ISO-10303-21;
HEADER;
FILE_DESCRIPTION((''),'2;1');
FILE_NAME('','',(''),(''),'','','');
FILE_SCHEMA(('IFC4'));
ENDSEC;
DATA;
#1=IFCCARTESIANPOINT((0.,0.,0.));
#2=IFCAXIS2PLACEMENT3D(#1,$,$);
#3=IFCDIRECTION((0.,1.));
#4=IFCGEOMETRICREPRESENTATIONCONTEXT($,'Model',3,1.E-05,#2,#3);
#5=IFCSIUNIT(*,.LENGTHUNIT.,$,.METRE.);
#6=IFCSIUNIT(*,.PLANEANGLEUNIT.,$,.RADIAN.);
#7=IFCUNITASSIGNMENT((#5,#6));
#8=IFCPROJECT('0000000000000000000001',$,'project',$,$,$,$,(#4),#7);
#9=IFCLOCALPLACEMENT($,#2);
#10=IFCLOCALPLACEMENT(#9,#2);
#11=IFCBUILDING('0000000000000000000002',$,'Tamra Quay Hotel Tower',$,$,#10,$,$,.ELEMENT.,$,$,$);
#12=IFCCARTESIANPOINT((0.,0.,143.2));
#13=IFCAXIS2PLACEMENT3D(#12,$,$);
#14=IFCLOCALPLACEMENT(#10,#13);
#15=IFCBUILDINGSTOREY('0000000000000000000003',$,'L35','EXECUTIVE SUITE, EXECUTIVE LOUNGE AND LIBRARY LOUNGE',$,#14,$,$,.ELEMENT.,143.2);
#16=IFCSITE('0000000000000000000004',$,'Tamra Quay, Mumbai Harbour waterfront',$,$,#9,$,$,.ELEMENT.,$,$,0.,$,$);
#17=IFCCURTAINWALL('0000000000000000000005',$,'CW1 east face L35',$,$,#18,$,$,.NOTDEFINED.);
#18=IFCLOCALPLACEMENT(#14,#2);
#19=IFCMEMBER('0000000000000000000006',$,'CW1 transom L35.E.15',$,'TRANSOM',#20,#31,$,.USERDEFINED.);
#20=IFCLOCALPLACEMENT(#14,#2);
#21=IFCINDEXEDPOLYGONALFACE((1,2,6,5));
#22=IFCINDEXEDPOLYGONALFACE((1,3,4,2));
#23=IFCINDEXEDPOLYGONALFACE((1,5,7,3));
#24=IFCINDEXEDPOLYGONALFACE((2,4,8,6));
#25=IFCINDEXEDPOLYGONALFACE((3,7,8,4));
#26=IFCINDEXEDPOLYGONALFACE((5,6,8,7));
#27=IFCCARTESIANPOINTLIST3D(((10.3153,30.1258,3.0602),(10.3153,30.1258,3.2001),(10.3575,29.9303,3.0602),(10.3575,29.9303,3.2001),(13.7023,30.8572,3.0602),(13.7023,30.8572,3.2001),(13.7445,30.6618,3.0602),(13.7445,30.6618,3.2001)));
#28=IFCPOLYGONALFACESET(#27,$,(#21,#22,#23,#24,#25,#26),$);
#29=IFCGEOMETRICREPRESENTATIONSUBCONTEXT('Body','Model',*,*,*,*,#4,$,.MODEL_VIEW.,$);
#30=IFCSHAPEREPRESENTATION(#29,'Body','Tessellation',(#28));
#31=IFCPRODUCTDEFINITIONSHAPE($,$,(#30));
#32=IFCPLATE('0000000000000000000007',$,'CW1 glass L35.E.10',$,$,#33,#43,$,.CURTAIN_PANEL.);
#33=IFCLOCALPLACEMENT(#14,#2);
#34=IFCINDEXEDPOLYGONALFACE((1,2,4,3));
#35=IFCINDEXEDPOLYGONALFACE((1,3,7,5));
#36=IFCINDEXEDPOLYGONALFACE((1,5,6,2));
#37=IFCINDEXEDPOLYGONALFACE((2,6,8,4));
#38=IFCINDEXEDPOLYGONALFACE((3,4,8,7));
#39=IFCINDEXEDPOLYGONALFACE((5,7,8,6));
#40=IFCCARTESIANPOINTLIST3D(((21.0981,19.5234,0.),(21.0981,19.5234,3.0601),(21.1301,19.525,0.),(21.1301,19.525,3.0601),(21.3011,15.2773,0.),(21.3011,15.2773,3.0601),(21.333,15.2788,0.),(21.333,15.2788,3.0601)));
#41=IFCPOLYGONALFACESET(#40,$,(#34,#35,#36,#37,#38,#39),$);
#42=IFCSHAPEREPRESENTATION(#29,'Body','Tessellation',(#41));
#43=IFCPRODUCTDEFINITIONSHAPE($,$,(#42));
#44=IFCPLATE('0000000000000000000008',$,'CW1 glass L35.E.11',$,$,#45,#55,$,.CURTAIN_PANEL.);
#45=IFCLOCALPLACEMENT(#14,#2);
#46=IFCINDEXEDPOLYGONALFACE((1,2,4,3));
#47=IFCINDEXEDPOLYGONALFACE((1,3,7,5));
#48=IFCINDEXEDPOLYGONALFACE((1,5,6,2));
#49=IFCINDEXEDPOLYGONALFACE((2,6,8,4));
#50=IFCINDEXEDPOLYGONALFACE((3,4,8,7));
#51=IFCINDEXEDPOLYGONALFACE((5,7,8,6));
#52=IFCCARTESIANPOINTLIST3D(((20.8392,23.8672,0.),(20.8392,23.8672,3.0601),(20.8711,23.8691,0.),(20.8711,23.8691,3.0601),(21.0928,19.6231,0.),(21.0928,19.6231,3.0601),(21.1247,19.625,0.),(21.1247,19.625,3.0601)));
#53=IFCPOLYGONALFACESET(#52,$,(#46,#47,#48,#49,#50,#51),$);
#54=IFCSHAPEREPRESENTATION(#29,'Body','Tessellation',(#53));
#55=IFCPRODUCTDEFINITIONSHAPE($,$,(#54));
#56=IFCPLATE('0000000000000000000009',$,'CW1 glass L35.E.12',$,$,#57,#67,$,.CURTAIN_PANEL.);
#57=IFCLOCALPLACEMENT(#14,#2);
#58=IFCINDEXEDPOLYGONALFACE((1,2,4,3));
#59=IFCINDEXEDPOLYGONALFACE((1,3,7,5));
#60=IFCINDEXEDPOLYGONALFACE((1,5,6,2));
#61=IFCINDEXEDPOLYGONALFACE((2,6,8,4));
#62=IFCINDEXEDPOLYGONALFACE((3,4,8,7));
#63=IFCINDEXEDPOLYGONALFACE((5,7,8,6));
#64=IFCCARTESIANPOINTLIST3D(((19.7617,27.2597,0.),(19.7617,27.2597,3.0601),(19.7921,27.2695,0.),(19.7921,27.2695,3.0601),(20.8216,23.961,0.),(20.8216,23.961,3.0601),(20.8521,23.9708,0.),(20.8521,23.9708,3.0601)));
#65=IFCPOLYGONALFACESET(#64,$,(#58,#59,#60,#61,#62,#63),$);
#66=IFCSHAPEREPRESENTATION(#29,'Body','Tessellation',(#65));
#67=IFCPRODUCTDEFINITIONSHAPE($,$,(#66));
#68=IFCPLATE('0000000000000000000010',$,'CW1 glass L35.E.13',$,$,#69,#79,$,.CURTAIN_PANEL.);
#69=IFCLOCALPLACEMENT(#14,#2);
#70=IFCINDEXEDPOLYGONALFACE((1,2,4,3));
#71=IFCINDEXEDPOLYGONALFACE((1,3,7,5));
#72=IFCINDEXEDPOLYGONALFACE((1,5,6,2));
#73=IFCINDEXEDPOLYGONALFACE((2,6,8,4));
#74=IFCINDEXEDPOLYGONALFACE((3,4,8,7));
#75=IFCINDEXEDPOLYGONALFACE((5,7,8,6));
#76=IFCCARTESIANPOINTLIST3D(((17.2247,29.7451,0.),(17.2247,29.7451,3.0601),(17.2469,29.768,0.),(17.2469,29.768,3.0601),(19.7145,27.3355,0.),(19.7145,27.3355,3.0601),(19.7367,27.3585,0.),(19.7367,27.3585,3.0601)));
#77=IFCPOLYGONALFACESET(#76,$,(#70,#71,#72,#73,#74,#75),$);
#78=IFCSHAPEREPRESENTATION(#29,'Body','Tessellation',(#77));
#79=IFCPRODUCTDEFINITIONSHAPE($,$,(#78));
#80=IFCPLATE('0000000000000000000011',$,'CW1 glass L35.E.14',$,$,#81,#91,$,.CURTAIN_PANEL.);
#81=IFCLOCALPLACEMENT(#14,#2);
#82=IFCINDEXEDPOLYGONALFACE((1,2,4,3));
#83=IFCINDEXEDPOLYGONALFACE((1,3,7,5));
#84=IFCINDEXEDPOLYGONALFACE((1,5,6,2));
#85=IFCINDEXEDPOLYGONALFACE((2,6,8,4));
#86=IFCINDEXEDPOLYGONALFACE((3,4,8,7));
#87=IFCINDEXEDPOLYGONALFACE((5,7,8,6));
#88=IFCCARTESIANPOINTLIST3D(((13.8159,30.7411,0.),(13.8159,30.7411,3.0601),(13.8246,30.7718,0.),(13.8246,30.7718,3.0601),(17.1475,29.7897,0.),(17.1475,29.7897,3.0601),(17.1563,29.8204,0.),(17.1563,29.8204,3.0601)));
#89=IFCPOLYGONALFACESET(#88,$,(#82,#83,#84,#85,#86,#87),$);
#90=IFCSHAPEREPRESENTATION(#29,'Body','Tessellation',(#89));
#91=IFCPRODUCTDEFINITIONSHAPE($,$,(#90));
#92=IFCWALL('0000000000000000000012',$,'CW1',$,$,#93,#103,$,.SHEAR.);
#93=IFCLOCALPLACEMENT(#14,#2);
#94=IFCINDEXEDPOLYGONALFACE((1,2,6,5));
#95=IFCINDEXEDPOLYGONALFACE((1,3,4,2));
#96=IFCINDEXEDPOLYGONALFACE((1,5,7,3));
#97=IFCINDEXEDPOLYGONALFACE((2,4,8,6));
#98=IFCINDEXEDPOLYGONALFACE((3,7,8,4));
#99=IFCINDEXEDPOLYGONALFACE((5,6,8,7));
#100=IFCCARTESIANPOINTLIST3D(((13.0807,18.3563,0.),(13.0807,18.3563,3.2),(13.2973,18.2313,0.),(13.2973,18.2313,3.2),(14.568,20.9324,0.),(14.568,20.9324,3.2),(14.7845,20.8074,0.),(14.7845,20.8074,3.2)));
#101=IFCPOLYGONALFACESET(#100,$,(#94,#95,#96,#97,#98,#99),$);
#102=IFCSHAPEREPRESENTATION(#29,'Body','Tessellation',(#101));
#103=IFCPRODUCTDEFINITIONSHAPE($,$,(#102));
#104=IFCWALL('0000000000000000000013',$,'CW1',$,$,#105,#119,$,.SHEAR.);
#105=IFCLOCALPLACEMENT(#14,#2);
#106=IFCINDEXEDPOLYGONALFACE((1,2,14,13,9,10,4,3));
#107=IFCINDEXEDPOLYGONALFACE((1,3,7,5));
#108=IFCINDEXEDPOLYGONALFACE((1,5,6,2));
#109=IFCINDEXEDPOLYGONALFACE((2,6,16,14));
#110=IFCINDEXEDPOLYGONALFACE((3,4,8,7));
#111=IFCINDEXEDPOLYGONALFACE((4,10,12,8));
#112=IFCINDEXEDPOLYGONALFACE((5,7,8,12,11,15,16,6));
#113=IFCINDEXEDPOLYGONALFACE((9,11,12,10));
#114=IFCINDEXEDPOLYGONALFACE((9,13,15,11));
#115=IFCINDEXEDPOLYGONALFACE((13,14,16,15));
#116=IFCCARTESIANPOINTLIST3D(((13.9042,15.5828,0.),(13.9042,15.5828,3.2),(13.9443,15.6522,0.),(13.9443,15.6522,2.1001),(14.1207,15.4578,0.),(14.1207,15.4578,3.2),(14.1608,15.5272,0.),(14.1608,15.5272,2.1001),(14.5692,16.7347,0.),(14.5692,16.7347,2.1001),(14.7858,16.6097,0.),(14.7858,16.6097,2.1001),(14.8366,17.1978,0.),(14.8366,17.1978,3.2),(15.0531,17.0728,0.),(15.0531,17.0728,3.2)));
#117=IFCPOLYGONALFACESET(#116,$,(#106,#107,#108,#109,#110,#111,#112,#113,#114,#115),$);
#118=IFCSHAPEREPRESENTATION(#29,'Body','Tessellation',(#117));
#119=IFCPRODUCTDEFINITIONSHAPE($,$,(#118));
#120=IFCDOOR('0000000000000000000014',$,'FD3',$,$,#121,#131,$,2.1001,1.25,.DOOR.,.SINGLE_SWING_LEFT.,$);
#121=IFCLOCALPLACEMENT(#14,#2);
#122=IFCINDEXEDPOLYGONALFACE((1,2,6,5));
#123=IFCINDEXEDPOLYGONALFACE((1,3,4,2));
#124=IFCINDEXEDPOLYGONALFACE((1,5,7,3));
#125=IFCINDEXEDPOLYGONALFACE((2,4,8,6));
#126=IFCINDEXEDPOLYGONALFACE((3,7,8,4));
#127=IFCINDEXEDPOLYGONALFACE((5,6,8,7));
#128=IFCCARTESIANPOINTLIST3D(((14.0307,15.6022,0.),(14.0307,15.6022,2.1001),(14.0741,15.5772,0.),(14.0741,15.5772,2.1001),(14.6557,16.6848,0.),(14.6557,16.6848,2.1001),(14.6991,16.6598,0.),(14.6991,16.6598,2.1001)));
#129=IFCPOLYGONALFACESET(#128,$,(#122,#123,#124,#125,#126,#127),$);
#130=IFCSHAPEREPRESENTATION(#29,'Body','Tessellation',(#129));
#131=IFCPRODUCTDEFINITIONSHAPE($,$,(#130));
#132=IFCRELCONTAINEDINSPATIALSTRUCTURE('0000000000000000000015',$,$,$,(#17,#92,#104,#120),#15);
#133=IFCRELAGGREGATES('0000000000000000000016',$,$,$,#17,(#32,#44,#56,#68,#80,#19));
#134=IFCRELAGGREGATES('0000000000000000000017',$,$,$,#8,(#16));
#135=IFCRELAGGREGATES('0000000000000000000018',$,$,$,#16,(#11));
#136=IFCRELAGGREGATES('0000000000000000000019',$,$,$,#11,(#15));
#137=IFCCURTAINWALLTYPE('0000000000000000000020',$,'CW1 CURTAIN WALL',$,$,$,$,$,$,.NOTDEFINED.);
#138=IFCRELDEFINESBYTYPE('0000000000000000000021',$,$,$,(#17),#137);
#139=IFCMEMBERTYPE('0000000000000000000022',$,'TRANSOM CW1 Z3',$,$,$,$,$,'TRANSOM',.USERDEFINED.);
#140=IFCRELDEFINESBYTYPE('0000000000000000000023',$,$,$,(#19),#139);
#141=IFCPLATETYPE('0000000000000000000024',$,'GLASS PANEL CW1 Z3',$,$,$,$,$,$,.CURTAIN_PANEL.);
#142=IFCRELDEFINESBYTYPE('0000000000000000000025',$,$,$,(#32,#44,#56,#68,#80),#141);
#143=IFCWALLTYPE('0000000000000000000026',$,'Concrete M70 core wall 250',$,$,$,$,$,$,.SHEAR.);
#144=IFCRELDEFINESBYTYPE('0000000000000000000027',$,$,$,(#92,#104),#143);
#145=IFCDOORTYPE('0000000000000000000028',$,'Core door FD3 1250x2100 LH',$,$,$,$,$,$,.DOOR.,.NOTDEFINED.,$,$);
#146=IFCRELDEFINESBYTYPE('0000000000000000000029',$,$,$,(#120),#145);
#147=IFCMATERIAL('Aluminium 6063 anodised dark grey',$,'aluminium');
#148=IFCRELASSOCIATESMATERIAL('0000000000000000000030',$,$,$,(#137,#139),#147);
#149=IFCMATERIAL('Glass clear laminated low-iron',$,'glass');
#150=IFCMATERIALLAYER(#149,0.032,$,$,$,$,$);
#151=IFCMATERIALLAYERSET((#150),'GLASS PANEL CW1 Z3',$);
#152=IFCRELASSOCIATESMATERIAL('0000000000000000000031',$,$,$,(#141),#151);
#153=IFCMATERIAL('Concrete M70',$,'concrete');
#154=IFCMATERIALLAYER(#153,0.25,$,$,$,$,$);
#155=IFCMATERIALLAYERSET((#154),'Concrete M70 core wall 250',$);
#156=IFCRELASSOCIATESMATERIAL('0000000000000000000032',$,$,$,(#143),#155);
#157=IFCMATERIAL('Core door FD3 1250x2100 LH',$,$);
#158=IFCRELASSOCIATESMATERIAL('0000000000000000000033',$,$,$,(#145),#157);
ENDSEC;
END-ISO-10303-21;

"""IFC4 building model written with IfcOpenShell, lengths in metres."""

from ifc_helpers import new_model, si_unit, direction, frame, frame_2d, origin, origin_2d, place, context, subcontext, project, spatial, rectangle, extrude, material, layer, layer_set, material_profile, profile_set, type_object, element, fill, aggregate, save


model = new_model("IFC4")

# Units and contexts
model_context = context("Model", 3, precision=1e-05, world=origin(), true_north=direction((0.0, 1.0)))
body_context = subcontext(model_context, "Body", "Model", "MODEL_VIEW")
ifc_project = project(units=[si_unit("LENGTHUNIT", "METRE"), si_unit("PLANEANGLEUNIT", "RADIAN")], contexts=[model_context])

# Site, building, storey
site_placement = place(None, origin())
site = spatial("IfcSite", under=ifc_project, at=site_placement, Name="Tamra Quay, Mumbai Harbour waterfront", CompositionType="ELEMENT", RefElevation=0.0)
building_placement = place(site_placement, origin())
building = spatial("IfcBuilding", under=site, at=building_placement, Name="Tamra Quay Hotel Tower", CompositionType="ELEMENT")
storey_placement = place(building_placement, frame((0.0, 0.0, 143.2)))
storey = spatial("IfcBuildingStorey", under=building, at=storey_placement, Name="L35", Description="EXECUTIVE SUITE, EXECUTIVE LOUNGE AND LIBRARY LOUNGE", CompositionType="ELEMENT", Elevation=143.2)

# Shared definitions
ifc_material_1 = material(Name="Concrete M70", Category="concrete")

# Curtain wall
ifc_material_2 = material(Name="Aluminium 6063 anodised dark grey", Category="aluminium")
curtain_wall_type = type_object("IfcCurtainWallType", Name="CW1 CURTAIN WALL", PredefinedType="NOTDEFINED", material=ifc_material_2)
curtain_wall_placement = place(storey_placement, origin())
curtain_wall = element("IfcCurtainWall", 1, at=curtain_wall_placement, inside=storey, type_object=curtain_wall_type, Name="CW1 east face L35", PredefinedType="NOTDEFINED")

# Member
ifc_material_profile_1 = material_profile(ifc_material_2, rectangle(XDim=0.2, YDim=0.1399, at=origin_2d()), Name="TRANSOM 200X140")
ifc_profile_set_1 = profile_set([ifc_material_profile_1], Name="Aluminium 6063 anodised dark grey")
member_type_1 = type_object("IfcMemberType", Name="TRANSOM CW1 Z3", ElementType="TRANSOM", PredefinedType="USERDEFINED", material=ifc_profile_set_1)
member_1_placement = place(storey_placement, frame((13.7234, 30.7595, 3.1301), z_axis=(-0.977466, -0.211093, 0.0), x_axis=(0.211093, -0.977466, 0.0)))
member_1 = element("IfcMember", 2, at=member_1_placement, type_object=member_type_1, Name="CW1 transom L35.E.15", ObjectType="TRANSOM", PredefinedType="USERDEFINED", context=body_context, shape_type="SweptSolid", body=[
    extrude(rectangle(XDim=0.2, YDim=0.1399, at=origin_2d()), origin(), (0.0, 0.0, 1.0), 3.4651),
])

# Plates
ifc_material_3 = material(Name="Glass clear laminated low-iron", Category="glass")
ifc_layer_1 = layer(ifc_material_3, 0.032)
ifc_layer_set_1 = layer_set([ifc_layer_1], Name="GLASS PANEL CW1 Z3")
plate_type = type_object("IfcPlateType", Name="GLASS PANEL CW1 Z3", PredefinedType="CURTAIN_PANEL", material=ifc_layer_set_1)
plate_1_placement = place(storey_placement, frame((21.2156, 17.4011, 0.0), z_axis=(0.0, 0.0, 1.0), x_axis=(-0.047747, 0.998859, 0.0)))
plate_1 = element("IfcPlate", 3, at=plate_1_placement, type_object=plate_type, Name="CW1 glass L35.E.10", PredefinedType="CURTAIN_PANEL", context=body_context, shape_type="SweptSolid", body=[
    extrude(rectangle(XDim=4.251, YDim=0.032, at=origin_2d()), origin(), (0.0, 0.0, 1.0), 3.0601),
])
plate_2_placement = place(storey_placement, frame((20.9819, 21.7461, 0.0), z_axis=(0.0, 0.0, 1.0), x_axis=(-0.059642, 0.99822, 0.0)))
plate_2 = element("IfcPlate", 4, at=plate_2_placement, type_object=plate_type, Name="CW1 glass L35.E.11", PredefinedType="CURTAIN_PANEL", context=body_context, shape_type="SweptSolid", body=[
    extrude(rectangle(XDim=4.2517, YDim=0.032, at=origin_2d()), origin(), (0.0, 0.0, 1.0), 3.0601),
])
plate_3_placement = place(storey_placement, frame((20.3069, 25.6152, 0.0), z_axis=(0.0, 0.0, 1.0), x_axis=(-0.305915, 0.952059, 0.0)))
plate_3 = element("IfcPlate", 5, at=plate_3_placement, type_object=plate_type, Name="CW1 glass L35.E.12", PredefinedType="CURTAIN_PANEL", context=body_context, shape_type="SweptSolid", body=[
    extrude(rectangle(XDim=3.4648, YDim=0.032, at=origin_2d()), origin(), (0.0, 0.0, 1.0), 3.0601),
])
plate_4_placement = place(storey_placement, frame((18.4807, 28.5518, 0.0), z_axis=(0.0, 0.0, 1.0), x_axis=(-0.718584, 0.69544, 0.0)))
plate_4 = element("IfcPlate", 6, at=plate_4_placement, type_object=plate_type, Name="CW1 glass L35.E.13", PredefinedType="CURTAIN_PANEL", context=body_context, shape_type="SweptSolid", body=[
    extrude(rectangle(XDim=3.4648, YDim=0.032, at=origin_2d()), origin(), (0.0, 0.0, 1.0), 3.0601),
])
plate_5_placement = place(storey_placement, frame((15.4861, 30.2808, 0.0), z_axis=(0.0, 0.0, 1.0), x_axis=(-0.961561, 0.274593, 0.0)))
plate_5 = element("IfcPlate", 7, at=plate_5_placement, type_object=plate_type, Name="CW1 glass L35.E.14", PredefinedType="CURTAIN_PANEL", context=body_context, shape_type="SweptSolid", body=[
    extrude(rectangle(XDim=3.4648, YDim=0.032, at=origin_2d()), origin(), (0.0, 0.0, 1.0), 3.0601),
])
aggregate(curtain_wall, [plate_1, plate_2, plate_3, plate_4, plate_5, member_1])

# Wall
ifc_layer_2 = layer(ifc_material_1, 0.25)
ifc_layer_set_2 = layer_set([ifc_layer_2], Name="Concrete M70 core wall 250")
wall_type = type_object("IfcWallType", Name="Concrete M70 core wall 250", PredefinedType="SHEAR", material=ifc_layer_set_2)
wall_1_placement = place(storey_placement, frame((14.6763, 20.8699, 0.0), z_axis=(0.0, 0.0, 1.0), x_axis=(-0.499988, -0.866033, 0.0)))
element("IfcWall", 8, at=wall_1_placement, inside=storey, type_object=wall_type, Name="CW1", PredefinedType="SHEAR", context=body_context, shape_type="SweptSolid", body=[
    extrude(rectangle(XDim=2.9746, YDim=0.25, at=frame_2d((1.4873, 0.0))), origin(), (0.0, 0.0, 1.0), 3.2),
])

# Wall, opening, door
wall_2_placement = place(storey_placement, frame((14.9448, 17.1353, 0.0), z_axis=(0.0, 0.0, 1.0), x_axis=(-0.499983, -0.866035, 0.0)))
wall_2 = element("IfcWall", 9, at=wall_2_placement, inside=storey, type_object=wall_type, Name="CW1", PredefinedType="SHEAR", context=body_context, shape_type="SweptSolid", body=[
    extrude(rectangle(XDim=1.8647, YDim=0.25, at=frame_2d((0.9324, 0.0))), origin(), (0.0, 0.0, 1.0), 3.2),
])
opening_placement = place(wall_2_placement, frame((0.5347, 0.0, 0.0)))
opening = element("IfcOpeningElement", 10, at=opening_placement, cuts=wall_2, PredefinedType="OPENING", context=body_context, shape_type="SweptSolid", body=[
    extrude(rectangle(XDim=1.25, YDim=2.1001, at=frame_2d((0.625, 1.05))), frame((0.0, 0.135, 0.0), z_axis=(0.0, -1.0, 0.0), x_axis=(1.0, 0.0, 0.0)), (0.0, 0.0, 1.0), 0.27),
])
ifc_material_4 = material(Name="Core door FD3 1250x2100 LH")
door_type = type_object("IfcDoorType", Name="Core door FD3 1250x2100 LH", OperationType="NOTDEFINED", PredefinedType="DOOR", material=ifc_material_4)
door_placement = place(opening_placement, origin())
door = element("IfcDoor", 11, at=door_placement, inside=storey, type_object=door_type, Name="FD3", OperationType="SINGLE_SWING_LEFT", OverallHeight=2.1001, OverallWidth=1.25, PredefinedType="DOOR", context=body_context, shape_type="SweptSolid", body=[
    extrude(rectangle(XDim=1.25, YDim=2.1001, at=frame_2d((0.625, 1.05))), frame((0.0, 0.0249, 0.0), z_axis=(0.0, -1.0, 0.0), x_axis=(1.0, 0.0, 0.0)), (0.0, 0.0, 1.0), 0.05),
])
fill(opening, door)

save(model, "model.ifc")
